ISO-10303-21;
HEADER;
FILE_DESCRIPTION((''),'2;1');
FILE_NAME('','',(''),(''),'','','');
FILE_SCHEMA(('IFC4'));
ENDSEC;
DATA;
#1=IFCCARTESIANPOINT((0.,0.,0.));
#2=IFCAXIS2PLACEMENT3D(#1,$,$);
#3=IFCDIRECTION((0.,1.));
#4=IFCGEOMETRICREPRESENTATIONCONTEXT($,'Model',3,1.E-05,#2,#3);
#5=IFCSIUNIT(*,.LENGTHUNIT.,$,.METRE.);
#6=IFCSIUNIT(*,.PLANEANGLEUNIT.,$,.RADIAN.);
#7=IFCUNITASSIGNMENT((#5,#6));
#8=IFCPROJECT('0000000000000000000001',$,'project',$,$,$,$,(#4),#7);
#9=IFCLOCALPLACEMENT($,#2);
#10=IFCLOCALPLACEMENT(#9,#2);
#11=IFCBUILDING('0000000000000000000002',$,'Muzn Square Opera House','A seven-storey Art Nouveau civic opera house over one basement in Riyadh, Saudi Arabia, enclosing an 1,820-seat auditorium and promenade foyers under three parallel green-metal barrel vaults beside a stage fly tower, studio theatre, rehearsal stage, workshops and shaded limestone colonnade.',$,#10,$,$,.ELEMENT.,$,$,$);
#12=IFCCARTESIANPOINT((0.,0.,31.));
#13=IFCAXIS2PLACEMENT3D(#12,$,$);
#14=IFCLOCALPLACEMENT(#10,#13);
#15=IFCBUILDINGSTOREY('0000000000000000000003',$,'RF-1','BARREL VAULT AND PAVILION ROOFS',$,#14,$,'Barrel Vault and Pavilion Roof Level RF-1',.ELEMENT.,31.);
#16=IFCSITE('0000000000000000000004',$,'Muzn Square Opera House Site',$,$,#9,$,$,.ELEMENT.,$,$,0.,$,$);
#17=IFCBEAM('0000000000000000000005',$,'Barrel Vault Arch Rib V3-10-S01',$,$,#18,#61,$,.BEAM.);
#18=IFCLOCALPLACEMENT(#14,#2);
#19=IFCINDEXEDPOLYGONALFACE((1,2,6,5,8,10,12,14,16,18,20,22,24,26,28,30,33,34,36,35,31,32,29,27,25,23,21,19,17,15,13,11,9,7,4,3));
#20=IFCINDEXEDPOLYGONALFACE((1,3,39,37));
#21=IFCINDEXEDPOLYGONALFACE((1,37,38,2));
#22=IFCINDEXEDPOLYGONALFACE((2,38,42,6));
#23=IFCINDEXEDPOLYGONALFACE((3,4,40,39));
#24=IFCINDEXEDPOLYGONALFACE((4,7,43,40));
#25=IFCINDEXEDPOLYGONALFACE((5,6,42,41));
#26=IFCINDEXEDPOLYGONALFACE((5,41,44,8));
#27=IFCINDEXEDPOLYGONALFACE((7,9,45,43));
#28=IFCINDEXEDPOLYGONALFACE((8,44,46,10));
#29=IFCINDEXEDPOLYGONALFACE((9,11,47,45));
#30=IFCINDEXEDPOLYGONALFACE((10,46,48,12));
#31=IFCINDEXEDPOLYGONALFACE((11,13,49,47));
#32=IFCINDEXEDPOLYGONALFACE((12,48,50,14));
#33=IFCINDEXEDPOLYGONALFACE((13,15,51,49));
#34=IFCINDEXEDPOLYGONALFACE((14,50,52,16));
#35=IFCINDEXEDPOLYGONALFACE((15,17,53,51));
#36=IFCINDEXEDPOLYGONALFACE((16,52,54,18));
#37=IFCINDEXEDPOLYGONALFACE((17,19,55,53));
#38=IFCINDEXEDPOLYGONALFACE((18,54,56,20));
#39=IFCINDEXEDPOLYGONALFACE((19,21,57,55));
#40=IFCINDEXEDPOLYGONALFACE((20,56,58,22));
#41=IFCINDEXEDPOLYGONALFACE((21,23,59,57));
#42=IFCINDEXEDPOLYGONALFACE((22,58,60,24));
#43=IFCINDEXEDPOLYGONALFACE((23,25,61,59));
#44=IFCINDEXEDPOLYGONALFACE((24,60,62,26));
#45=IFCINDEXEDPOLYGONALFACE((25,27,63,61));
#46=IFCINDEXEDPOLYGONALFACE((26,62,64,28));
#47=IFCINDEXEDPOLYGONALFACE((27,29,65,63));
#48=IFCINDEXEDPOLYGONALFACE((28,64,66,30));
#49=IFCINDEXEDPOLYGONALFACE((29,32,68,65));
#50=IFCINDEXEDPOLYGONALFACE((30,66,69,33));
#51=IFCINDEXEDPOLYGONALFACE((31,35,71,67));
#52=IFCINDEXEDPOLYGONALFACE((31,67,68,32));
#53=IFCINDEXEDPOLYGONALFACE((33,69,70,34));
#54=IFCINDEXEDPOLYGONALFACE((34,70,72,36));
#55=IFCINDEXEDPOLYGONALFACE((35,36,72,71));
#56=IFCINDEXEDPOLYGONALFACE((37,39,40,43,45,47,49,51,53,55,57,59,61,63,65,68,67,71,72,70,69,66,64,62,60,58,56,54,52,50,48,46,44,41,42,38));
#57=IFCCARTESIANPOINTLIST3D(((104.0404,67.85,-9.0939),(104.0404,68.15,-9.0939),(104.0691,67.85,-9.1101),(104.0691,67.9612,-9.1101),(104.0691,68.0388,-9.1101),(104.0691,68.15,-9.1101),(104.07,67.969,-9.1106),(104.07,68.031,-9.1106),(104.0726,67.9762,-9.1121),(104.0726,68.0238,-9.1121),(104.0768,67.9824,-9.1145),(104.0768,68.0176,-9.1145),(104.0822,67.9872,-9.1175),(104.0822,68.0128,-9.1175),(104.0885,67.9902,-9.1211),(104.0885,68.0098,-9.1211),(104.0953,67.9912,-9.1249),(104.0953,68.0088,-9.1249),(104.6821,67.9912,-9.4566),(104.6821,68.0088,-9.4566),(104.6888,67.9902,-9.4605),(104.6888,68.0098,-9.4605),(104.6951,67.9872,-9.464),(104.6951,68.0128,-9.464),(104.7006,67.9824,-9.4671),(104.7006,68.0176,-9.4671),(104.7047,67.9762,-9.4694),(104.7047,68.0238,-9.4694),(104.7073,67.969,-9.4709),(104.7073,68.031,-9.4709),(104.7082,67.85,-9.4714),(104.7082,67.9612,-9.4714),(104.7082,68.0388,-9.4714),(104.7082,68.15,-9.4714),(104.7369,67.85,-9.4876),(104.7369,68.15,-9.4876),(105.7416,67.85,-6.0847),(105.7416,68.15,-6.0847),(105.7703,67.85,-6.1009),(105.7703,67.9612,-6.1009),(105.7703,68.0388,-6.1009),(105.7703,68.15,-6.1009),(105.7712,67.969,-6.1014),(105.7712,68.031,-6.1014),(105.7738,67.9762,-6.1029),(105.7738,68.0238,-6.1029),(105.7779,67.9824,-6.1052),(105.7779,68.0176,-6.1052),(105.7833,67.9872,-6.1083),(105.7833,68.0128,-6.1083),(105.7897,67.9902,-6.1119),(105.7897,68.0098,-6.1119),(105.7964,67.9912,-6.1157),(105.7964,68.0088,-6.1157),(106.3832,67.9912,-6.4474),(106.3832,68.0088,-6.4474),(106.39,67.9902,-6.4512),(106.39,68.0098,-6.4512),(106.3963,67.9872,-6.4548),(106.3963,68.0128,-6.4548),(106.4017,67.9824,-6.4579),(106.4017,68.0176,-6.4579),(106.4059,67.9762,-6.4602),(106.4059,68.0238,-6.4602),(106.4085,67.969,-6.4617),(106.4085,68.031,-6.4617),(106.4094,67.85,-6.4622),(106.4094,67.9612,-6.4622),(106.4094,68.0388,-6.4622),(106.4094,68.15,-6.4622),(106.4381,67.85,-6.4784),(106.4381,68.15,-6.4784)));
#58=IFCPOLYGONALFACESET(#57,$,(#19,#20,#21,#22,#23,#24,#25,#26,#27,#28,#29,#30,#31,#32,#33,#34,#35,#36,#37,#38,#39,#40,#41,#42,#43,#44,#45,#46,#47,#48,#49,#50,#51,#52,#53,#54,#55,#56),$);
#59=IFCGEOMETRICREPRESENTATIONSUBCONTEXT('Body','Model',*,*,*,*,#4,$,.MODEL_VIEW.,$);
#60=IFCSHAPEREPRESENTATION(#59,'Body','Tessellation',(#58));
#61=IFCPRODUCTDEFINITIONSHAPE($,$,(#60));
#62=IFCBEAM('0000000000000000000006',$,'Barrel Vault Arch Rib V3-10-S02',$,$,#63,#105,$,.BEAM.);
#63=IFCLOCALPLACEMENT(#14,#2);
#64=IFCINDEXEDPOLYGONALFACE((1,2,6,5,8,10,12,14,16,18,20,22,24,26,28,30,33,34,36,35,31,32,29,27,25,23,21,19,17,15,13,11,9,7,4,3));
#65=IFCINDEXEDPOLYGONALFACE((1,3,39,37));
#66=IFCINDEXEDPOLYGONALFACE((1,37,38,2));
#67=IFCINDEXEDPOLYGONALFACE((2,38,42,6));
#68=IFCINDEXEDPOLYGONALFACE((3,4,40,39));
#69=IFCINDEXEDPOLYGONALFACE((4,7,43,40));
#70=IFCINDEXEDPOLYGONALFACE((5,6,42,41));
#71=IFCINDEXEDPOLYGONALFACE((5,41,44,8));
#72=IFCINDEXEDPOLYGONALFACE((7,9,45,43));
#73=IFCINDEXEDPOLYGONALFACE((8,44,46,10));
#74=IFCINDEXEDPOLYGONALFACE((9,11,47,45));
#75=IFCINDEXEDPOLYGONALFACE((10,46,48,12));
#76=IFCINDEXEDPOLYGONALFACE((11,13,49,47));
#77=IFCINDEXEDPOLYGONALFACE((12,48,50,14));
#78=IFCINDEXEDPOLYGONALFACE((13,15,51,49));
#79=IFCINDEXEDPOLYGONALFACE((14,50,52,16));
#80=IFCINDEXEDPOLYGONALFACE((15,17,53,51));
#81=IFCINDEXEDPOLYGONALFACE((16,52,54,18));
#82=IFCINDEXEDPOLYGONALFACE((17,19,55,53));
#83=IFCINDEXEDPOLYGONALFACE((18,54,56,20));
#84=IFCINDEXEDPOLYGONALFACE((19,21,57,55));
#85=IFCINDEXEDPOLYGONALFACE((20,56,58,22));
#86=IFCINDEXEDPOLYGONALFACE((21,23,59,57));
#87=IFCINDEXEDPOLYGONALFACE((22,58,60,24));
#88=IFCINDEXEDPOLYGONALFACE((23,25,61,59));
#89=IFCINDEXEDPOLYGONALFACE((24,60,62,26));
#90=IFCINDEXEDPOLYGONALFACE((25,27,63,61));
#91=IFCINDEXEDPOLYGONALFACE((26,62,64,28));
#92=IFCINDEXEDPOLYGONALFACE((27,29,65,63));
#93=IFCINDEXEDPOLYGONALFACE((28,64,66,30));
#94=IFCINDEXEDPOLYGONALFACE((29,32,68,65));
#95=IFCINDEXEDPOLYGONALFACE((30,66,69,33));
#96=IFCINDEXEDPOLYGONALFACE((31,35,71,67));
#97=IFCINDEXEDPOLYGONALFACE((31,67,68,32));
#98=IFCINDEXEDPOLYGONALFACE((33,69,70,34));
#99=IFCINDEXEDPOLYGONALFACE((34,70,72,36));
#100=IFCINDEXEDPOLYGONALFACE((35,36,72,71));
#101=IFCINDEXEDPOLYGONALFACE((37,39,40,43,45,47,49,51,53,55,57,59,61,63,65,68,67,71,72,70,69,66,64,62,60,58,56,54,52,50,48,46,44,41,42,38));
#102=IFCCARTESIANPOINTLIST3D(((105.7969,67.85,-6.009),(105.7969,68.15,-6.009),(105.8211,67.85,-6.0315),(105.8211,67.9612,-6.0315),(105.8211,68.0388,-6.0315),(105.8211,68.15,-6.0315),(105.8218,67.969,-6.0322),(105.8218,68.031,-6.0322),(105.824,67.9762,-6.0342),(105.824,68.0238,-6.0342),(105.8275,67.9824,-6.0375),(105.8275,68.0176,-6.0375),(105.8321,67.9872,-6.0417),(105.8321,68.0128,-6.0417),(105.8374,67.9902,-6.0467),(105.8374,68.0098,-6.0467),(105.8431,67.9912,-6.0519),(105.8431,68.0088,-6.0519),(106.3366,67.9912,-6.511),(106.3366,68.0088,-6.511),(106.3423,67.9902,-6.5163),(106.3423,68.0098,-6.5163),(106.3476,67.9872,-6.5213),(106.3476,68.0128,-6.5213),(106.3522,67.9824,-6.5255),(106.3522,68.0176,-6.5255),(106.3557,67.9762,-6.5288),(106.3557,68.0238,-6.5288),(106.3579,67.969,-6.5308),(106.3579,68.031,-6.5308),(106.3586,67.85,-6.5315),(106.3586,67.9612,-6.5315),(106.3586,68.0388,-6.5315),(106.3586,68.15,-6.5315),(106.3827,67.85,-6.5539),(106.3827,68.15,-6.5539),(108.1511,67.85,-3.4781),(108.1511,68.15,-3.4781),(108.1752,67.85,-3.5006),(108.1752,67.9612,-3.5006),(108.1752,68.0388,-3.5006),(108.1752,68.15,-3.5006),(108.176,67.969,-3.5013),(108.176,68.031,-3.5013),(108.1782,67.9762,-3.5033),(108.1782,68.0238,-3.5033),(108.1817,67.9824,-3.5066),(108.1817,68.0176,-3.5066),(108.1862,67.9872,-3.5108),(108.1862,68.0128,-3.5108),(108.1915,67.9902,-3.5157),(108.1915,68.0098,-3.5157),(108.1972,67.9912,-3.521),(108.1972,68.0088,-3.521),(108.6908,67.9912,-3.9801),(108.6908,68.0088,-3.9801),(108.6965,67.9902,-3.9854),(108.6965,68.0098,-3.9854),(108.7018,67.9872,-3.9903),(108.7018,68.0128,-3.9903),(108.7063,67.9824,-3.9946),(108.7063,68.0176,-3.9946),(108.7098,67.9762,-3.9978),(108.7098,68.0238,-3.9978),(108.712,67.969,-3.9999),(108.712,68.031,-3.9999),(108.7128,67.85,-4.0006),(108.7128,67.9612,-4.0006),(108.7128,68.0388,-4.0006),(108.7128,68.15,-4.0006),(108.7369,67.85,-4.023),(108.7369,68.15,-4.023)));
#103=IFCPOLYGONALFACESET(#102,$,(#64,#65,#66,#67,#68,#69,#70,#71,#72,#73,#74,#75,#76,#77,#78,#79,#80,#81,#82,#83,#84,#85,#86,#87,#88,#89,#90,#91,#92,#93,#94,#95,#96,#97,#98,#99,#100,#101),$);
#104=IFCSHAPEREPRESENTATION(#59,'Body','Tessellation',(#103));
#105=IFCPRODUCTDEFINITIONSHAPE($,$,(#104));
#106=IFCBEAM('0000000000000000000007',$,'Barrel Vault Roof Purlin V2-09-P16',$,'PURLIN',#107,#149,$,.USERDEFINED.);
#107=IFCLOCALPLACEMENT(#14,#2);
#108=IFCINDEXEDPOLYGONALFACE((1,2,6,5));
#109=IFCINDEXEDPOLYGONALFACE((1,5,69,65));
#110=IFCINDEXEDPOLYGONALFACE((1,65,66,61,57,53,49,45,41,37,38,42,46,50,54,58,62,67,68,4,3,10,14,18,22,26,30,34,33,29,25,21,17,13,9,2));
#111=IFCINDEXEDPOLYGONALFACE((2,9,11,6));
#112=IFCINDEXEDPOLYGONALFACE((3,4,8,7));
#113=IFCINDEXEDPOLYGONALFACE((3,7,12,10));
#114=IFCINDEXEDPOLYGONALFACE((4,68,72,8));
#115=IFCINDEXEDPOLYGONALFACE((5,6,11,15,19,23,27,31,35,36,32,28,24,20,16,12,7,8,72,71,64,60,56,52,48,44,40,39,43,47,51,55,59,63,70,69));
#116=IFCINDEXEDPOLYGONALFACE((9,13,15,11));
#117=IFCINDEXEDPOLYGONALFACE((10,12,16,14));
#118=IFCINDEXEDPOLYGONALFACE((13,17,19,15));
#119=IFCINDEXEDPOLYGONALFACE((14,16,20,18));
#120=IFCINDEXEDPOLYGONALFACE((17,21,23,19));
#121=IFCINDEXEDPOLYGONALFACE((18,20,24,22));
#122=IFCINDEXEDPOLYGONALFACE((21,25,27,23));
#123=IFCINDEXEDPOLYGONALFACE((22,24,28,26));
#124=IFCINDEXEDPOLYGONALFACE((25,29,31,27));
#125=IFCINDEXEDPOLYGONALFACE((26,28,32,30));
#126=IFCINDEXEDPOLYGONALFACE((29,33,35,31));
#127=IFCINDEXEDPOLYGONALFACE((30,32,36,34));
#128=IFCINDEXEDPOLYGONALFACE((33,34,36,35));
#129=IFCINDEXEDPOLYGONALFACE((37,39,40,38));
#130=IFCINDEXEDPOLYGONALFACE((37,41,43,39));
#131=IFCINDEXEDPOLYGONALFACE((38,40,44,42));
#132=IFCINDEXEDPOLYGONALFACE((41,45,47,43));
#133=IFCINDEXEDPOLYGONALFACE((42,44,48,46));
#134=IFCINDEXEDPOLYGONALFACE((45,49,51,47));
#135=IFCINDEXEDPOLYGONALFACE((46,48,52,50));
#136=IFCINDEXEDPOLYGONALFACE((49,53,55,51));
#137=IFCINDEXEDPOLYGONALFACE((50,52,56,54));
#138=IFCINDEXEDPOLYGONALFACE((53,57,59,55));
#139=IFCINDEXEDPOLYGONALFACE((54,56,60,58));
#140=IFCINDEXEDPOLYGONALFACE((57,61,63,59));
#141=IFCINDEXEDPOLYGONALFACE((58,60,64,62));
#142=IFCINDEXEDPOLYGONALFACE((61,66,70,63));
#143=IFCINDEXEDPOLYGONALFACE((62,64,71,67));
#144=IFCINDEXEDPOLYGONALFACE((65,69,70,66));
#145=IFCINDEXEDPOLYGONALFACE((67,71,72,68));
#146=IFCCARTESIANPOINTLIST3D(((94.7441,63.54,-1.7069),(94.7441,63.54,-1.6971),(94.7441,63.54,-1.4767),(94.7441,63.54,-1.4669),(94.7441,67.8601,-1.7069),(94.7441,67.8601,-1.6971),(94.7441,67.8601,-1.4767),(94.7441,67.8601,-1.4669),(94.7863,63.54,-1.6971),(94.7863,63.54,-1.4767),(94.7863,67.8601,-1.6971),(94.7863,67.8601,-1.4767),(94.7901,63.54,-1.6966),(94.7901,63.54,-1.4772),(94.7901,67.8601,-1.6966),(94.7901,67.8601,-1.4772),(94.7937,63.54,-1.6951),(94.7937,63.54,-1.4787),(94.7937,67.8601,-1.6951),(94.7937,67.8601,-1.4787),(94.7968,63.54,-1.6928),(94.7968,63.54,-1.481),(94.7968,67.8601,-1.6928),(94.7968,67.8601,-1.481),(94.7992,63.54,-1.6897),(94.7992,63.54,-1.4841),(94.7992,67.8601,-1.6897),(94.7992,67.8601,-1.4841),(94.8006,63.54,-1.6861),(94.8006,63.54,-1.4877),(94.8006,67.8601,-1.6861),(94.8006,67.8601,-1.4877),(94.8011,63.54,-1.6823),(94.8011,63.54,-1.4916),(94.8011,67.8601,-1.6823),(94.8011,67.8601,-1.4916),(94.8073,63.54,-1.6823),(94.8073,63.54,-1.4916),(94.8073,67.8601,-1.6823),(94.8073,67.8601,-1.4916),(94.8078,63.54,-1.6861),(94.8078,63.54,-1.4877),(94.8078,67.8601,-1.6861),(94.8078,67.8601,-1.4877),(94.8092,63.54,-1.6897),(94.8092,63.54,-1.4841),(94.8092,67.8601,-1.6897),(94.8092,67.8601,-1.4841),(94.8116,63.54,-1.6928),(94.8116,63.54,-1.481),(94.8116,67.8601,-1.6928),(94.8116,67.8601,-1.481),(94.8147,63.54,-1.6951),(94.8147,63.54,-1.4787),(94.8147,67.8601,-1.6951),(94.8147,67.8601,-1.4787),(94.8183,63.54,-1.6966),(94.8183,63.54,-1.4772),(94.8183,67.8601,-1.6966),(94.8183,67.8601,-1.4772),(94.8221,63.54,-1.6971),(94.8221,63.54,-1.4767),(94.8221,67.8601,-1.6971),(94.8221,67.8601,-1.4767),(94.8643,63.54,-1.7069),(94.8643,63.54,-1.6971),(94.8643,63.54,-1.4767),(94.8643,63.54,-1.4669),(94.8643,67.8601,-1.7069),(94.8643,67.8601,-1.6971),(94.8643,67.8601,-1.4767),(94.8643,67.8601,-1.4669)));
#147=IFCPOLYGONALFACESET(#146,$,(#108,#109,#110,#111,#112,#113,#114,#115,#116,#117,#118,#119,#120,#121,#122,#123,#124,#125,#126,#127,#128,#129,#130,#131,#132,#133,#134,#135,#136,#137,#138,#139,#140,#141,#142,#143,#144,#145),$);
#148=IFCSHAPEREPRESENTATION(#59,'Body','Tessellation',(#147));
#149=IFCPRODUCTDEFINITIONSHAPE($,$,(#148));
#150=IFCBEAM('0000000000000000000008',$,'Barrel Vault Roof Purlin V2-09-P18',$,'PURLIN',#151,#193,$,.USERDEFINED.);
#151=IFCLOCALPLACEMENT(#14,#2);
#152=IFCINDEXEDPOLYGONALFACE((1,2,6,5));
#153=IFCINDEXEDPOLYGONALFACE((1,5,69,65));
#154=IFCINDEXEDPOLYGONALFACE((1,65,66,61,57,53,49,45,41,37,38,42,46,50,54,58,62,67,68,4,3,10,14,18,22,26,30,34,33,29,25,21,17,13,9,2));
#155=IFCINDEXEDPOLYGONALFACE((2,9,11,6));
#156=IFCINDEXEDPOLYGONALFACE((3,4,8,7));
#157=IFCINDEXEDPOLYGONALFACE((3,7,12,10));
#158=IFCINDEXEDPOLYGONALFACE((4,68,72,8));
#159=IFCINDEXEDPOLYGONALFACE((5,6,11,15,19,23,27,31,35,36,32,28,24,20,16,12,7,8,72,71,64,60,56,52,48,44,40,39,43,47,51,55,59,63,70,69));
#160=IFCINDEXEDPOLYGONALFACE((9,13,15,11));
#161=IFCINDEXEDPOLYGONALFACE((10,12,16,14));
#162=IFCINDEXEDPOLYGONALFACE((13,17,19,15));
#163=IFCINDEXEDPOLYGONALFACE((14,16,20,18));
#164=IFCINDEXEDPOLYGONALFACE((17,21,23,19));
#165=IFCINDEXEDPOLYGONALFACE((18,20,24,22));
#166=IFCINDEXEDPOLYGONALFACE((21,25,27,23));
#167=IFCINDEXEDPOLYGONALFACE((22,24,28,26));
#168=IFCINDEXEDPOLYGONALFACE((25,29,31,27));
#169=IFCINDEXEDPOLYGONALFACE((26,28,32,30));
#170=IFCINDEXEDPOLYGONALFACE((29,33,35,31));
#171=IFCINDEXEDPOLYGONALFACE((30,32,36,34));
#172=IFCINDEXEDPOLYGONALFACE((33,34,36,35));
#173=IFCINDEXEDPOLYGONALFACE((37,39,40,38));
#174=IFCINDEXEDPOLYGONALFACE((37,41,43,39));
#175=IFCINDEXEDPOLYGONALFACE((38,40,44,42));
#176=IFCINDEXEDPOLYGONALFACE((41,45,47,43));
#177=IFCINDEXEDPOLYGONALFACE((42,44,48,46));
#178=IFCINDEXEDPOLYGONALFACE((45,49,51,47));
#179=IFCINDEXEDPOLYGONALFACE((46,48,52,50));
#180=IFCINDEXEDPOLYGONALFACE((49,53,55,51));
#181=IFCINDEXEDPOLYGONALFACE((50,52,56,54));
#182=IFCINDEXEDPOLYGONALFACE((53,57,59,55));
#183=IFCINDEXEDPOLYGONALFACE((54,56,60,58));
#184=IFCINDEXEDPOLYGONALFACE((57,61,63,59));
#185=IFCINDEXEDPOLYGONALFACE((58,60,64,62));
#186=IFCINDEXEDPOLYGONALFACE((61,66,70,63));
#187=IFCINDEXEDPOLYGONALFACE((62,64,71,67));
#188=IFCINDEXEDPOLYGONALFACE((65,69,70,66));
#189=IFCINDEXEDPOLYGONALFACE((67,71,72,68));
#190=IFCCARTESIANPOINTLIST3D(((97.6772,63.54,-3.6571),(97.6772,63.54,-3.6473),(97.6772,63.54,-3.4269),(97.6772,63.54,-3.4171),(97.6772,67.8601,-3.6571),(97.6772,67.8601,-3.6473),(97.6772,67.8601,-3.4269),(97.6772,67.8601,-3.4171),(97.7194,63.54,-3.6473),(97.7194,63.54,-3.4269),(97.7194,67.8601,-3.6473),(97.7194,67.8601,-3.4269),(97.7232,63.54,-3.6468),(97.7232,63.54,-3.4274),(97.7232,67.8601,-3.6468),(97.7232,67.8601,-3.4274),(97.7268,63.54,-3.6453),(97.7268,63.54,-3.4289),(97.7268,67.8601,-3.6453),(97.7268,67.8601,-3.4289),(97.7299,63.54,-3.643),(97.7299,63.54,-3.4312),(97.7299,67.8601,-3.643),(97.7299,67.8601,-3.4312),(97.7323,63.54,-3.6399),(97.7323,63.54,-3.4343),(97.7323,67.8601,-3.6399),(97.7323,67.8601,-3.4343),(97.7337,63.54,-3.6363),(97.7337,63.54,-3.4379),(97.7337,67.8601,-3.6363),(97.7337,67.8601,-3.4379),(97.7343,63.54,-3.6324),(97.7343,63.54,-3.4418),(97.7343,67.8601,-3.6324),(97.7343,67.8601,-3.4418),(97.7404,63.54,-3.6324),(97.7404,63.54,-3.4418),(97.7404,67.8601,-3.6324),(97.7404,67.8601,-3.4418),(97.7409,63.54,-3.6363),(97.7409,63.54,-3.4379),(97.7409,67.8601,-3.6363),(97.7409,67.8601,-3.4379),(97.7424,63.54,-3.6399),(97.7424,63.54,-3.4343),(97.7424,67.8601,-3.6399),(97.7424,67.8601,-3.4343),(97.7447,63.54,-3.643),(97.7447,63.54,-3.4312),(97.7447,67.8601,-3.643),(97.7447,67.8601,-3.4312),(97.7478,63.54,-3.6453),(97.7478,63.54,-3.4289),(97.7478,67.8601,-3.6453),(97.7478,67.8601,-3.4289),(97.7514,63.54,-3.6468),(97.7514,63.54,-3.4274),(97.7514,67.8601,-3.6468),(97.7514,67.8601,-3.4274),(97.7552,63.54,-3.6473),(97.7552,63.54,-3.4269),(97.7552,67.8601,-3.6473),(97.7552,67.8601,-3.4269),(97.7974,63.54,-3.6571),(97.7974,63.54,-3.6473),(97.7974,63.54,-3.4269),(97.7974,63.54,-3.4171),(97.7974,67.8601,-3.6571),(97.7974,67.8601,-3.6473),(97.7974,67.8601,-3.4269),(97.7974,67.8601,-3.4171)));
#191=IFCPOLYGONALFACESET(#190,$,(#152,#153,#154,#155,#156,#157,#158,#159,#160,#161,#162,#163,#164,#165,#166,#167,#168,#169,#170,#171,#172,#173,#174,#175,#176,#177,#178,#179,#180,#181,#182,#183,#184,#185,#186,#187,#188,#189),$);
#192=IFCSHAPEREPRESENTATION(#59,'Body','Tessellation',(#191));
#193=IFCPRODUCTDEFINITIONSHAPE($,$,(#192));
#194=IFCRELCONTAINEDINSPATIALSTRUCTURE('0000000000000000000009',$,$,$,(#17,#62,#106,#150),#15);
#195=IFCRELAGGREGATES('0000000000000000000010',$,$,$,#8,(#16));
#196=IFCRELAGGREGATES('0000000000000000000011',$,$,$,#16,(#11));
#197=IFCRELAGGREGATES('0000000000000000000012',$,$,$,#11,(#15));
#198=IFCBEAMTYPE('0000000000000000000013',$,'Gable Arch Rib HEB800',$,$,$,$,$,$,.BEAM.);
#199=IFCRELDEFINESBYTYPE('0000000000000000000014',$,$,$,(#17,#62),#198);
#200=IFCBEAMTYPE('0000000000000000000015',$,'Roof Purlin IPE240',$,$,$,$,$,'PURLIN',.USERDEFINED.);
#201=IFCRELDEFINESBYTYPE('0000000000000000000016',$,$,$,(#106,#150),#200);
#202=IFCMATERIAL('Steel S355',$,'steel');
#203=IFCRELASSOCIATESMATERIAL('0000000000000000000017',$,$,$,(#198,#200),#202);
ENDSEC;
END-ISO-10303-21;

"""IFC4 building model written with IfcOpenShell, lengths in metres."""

from ifc_helpers import new_model, si_unit, direction, frame, origin, origin_2d, place, context, subcontext, project, spatial, i_section, extrude, material, material_profile, profile_set, type_object, element, save


model = new_model("IFC4")

# Units and contexts
model_context = context("Model", 3, precision=1e-05, world=origin(), true_north=direction((0.0, 1.0)))
body_context = subcontext(model_context, "Body", "Model", "MODEL_VIEW")
ifc_project = project(units=[si_unit("LENGTHUNIT", "METRE"), si_unit("PLANEANGLEUNIT", "RADIAN")], contexts=[model_context])

# Site, building, storey
site_placement = place(None, origin())
site = spatial("IfcSite", under=ifc_project, at=site_placement, Name="Muzn Square Opera House Site", CompositionType="ELEMENT", RefElevation=0.0)
building_placement = place(site_placement, origin())
building = spatial("IfcBuilding", under=site, at=building_placement, Name="Muzn Square Opera House", Description="A seven-storey Art Nouveau civic opera house over one basement in Riyadh, Saudi Arabia, enclosing an 1,820-seat auditorium and promenade foyers under three parallel green-metal barrel vaults beside a stage fly tower, studio theatre, rehearsal stage, workshops and shaded limestone colonnade.", CompositionType="ELEMENT")
storey_placement = place(building_placement, frame((0.0, 0.0, 31.0)))
storey = spatial("IfcBuildingStorey", under=building, at=storey_placement, Name="RF-1", Description="BARREL VAULT AND PAVILION ROOFS", LongName="Barrel Vault and Pavilion Roof Level RF-1", CompositionType="ELEMENT", Elevation=31.0)

# Beams
ifc_material_1 = material(Name="Steel S355", Category="steel")
ifc_material_profile_1 = material_profile(ifc_material_1, i_section(OverallWidth=0.3, OverallDepth=0.8, WebThickness=0.0176, FlangeThickness=0.033, FilletRadius=0.03, at=origin_2d()), Name="HEB 800", Category="steel")
ifc_profile_set_1 = profile_set([ifc_material_profile_1], Name="Steel S355")
beam_type_1 = type_object("IfcBeamType", Name="Gable Arch Rib HEB800", PredefinedType="BEAM", material=ifc_profile_set_1)
beam_1_placement = place(storey_placement, frame((104.3887, 68.0, -9.2908), z_axis=(0.492118, 0.0, 0.870529), x_axis=(0.0, 1.0, 0.0)))
element("IfcBeam", 1, at=beam_1_placement, inside=storey, type_object=beam_type_1, Name="Barrel Vault Arch Rib V3-10-S01", PredefinedType="BEAM", context=body_context, shape_type="SweptSolid", body=[
    extrude(i_section(OverallWidth=0.3, OverallDepth=0.8, WebThickness=0.0176, FlangeThickness=0.033, FilletRadius=0.03, at=origin_2d()), origin(), (0.0, 0.0, 1.0), 3.4568),
])
beam_2_placement = place(storey_placement, frame((106.0898, 68.0, -6.2815), z_axis=(0.681077, 0.0, 0.732212), x_axis=(0.0, 1.0, 0.0)))
element("IfcBeam", 2, at=beam_2_placement, inside=storey, type_object=beam_type_1, Name="Barrel Vault Arch Rib V3-10-S02", PredefinedType="BEAM", context=body_context, shape_type="SweptSolid", body=[
    extrude(i_section(OverallWidth=0.3, OverallDepth=0.8, WebThickness=0.0176, FlangeThickness=0.033, FilletRadius=0.03, at=origin_2d()), origin(), (0.0, 0.0, 1.0), 3.4565),
])
ifc_material_profile_2 = material_profile(ifc_material_1, i_section(OverallWidth=0.1201, OverallDepth=0.24, WebThickness=0.0061, FlangeThickness=0.0098, FilletRadius=0.0149, at=origin_2d()), Name="IPE 240", Category="steel")
ifc_profile_set_2 = profile_set([ifc_material_profile_2], Name="Steel S355")
beam_type_2 = type_object("IfcBeamType", Name="Roof Purlin IPE240", ElementType="PURLIN", PredefinedType="USERDEFINED", material=ifc_profile_set_2)
for number, where, z_axis, x_axis, name in (
    (3, (94.8042, 63.54, -1.5869), (0.0, 1.0, 0.0), (-1.0, 0.0, 0.0), "Barrel Vault Roof Purlin V2-09-P16"),
    (4, (97.7373, 63.54, -3.5371), (0.0, 1.0, 0.0), (-1.0, 0.0, 0.0), "Barrel Vault Roof Purlin V2-09-P18"),
):
    element("IfcBeam", number, at=place(storey_placement, frame(where, z_axis=z_axis, x_axis=x_axis)), inside=storey, type_object=beam_type_2, Name=name, ObjectType="PURLIN", PredefinedType="USERDEFINED", context=body_context, shape_type="SweptSolid", body=[
        extrude(i_section(OverallWidth=0.1201, OverallDepth=0.24, WebThickness=0.0061, FlangeThickness=0.0098, FilletRadius=0.0149, at=origin_2d()), origin(), (0.0, 0.0, 1.0), 4.3201),
    ])

save(model, "model.ifc")
